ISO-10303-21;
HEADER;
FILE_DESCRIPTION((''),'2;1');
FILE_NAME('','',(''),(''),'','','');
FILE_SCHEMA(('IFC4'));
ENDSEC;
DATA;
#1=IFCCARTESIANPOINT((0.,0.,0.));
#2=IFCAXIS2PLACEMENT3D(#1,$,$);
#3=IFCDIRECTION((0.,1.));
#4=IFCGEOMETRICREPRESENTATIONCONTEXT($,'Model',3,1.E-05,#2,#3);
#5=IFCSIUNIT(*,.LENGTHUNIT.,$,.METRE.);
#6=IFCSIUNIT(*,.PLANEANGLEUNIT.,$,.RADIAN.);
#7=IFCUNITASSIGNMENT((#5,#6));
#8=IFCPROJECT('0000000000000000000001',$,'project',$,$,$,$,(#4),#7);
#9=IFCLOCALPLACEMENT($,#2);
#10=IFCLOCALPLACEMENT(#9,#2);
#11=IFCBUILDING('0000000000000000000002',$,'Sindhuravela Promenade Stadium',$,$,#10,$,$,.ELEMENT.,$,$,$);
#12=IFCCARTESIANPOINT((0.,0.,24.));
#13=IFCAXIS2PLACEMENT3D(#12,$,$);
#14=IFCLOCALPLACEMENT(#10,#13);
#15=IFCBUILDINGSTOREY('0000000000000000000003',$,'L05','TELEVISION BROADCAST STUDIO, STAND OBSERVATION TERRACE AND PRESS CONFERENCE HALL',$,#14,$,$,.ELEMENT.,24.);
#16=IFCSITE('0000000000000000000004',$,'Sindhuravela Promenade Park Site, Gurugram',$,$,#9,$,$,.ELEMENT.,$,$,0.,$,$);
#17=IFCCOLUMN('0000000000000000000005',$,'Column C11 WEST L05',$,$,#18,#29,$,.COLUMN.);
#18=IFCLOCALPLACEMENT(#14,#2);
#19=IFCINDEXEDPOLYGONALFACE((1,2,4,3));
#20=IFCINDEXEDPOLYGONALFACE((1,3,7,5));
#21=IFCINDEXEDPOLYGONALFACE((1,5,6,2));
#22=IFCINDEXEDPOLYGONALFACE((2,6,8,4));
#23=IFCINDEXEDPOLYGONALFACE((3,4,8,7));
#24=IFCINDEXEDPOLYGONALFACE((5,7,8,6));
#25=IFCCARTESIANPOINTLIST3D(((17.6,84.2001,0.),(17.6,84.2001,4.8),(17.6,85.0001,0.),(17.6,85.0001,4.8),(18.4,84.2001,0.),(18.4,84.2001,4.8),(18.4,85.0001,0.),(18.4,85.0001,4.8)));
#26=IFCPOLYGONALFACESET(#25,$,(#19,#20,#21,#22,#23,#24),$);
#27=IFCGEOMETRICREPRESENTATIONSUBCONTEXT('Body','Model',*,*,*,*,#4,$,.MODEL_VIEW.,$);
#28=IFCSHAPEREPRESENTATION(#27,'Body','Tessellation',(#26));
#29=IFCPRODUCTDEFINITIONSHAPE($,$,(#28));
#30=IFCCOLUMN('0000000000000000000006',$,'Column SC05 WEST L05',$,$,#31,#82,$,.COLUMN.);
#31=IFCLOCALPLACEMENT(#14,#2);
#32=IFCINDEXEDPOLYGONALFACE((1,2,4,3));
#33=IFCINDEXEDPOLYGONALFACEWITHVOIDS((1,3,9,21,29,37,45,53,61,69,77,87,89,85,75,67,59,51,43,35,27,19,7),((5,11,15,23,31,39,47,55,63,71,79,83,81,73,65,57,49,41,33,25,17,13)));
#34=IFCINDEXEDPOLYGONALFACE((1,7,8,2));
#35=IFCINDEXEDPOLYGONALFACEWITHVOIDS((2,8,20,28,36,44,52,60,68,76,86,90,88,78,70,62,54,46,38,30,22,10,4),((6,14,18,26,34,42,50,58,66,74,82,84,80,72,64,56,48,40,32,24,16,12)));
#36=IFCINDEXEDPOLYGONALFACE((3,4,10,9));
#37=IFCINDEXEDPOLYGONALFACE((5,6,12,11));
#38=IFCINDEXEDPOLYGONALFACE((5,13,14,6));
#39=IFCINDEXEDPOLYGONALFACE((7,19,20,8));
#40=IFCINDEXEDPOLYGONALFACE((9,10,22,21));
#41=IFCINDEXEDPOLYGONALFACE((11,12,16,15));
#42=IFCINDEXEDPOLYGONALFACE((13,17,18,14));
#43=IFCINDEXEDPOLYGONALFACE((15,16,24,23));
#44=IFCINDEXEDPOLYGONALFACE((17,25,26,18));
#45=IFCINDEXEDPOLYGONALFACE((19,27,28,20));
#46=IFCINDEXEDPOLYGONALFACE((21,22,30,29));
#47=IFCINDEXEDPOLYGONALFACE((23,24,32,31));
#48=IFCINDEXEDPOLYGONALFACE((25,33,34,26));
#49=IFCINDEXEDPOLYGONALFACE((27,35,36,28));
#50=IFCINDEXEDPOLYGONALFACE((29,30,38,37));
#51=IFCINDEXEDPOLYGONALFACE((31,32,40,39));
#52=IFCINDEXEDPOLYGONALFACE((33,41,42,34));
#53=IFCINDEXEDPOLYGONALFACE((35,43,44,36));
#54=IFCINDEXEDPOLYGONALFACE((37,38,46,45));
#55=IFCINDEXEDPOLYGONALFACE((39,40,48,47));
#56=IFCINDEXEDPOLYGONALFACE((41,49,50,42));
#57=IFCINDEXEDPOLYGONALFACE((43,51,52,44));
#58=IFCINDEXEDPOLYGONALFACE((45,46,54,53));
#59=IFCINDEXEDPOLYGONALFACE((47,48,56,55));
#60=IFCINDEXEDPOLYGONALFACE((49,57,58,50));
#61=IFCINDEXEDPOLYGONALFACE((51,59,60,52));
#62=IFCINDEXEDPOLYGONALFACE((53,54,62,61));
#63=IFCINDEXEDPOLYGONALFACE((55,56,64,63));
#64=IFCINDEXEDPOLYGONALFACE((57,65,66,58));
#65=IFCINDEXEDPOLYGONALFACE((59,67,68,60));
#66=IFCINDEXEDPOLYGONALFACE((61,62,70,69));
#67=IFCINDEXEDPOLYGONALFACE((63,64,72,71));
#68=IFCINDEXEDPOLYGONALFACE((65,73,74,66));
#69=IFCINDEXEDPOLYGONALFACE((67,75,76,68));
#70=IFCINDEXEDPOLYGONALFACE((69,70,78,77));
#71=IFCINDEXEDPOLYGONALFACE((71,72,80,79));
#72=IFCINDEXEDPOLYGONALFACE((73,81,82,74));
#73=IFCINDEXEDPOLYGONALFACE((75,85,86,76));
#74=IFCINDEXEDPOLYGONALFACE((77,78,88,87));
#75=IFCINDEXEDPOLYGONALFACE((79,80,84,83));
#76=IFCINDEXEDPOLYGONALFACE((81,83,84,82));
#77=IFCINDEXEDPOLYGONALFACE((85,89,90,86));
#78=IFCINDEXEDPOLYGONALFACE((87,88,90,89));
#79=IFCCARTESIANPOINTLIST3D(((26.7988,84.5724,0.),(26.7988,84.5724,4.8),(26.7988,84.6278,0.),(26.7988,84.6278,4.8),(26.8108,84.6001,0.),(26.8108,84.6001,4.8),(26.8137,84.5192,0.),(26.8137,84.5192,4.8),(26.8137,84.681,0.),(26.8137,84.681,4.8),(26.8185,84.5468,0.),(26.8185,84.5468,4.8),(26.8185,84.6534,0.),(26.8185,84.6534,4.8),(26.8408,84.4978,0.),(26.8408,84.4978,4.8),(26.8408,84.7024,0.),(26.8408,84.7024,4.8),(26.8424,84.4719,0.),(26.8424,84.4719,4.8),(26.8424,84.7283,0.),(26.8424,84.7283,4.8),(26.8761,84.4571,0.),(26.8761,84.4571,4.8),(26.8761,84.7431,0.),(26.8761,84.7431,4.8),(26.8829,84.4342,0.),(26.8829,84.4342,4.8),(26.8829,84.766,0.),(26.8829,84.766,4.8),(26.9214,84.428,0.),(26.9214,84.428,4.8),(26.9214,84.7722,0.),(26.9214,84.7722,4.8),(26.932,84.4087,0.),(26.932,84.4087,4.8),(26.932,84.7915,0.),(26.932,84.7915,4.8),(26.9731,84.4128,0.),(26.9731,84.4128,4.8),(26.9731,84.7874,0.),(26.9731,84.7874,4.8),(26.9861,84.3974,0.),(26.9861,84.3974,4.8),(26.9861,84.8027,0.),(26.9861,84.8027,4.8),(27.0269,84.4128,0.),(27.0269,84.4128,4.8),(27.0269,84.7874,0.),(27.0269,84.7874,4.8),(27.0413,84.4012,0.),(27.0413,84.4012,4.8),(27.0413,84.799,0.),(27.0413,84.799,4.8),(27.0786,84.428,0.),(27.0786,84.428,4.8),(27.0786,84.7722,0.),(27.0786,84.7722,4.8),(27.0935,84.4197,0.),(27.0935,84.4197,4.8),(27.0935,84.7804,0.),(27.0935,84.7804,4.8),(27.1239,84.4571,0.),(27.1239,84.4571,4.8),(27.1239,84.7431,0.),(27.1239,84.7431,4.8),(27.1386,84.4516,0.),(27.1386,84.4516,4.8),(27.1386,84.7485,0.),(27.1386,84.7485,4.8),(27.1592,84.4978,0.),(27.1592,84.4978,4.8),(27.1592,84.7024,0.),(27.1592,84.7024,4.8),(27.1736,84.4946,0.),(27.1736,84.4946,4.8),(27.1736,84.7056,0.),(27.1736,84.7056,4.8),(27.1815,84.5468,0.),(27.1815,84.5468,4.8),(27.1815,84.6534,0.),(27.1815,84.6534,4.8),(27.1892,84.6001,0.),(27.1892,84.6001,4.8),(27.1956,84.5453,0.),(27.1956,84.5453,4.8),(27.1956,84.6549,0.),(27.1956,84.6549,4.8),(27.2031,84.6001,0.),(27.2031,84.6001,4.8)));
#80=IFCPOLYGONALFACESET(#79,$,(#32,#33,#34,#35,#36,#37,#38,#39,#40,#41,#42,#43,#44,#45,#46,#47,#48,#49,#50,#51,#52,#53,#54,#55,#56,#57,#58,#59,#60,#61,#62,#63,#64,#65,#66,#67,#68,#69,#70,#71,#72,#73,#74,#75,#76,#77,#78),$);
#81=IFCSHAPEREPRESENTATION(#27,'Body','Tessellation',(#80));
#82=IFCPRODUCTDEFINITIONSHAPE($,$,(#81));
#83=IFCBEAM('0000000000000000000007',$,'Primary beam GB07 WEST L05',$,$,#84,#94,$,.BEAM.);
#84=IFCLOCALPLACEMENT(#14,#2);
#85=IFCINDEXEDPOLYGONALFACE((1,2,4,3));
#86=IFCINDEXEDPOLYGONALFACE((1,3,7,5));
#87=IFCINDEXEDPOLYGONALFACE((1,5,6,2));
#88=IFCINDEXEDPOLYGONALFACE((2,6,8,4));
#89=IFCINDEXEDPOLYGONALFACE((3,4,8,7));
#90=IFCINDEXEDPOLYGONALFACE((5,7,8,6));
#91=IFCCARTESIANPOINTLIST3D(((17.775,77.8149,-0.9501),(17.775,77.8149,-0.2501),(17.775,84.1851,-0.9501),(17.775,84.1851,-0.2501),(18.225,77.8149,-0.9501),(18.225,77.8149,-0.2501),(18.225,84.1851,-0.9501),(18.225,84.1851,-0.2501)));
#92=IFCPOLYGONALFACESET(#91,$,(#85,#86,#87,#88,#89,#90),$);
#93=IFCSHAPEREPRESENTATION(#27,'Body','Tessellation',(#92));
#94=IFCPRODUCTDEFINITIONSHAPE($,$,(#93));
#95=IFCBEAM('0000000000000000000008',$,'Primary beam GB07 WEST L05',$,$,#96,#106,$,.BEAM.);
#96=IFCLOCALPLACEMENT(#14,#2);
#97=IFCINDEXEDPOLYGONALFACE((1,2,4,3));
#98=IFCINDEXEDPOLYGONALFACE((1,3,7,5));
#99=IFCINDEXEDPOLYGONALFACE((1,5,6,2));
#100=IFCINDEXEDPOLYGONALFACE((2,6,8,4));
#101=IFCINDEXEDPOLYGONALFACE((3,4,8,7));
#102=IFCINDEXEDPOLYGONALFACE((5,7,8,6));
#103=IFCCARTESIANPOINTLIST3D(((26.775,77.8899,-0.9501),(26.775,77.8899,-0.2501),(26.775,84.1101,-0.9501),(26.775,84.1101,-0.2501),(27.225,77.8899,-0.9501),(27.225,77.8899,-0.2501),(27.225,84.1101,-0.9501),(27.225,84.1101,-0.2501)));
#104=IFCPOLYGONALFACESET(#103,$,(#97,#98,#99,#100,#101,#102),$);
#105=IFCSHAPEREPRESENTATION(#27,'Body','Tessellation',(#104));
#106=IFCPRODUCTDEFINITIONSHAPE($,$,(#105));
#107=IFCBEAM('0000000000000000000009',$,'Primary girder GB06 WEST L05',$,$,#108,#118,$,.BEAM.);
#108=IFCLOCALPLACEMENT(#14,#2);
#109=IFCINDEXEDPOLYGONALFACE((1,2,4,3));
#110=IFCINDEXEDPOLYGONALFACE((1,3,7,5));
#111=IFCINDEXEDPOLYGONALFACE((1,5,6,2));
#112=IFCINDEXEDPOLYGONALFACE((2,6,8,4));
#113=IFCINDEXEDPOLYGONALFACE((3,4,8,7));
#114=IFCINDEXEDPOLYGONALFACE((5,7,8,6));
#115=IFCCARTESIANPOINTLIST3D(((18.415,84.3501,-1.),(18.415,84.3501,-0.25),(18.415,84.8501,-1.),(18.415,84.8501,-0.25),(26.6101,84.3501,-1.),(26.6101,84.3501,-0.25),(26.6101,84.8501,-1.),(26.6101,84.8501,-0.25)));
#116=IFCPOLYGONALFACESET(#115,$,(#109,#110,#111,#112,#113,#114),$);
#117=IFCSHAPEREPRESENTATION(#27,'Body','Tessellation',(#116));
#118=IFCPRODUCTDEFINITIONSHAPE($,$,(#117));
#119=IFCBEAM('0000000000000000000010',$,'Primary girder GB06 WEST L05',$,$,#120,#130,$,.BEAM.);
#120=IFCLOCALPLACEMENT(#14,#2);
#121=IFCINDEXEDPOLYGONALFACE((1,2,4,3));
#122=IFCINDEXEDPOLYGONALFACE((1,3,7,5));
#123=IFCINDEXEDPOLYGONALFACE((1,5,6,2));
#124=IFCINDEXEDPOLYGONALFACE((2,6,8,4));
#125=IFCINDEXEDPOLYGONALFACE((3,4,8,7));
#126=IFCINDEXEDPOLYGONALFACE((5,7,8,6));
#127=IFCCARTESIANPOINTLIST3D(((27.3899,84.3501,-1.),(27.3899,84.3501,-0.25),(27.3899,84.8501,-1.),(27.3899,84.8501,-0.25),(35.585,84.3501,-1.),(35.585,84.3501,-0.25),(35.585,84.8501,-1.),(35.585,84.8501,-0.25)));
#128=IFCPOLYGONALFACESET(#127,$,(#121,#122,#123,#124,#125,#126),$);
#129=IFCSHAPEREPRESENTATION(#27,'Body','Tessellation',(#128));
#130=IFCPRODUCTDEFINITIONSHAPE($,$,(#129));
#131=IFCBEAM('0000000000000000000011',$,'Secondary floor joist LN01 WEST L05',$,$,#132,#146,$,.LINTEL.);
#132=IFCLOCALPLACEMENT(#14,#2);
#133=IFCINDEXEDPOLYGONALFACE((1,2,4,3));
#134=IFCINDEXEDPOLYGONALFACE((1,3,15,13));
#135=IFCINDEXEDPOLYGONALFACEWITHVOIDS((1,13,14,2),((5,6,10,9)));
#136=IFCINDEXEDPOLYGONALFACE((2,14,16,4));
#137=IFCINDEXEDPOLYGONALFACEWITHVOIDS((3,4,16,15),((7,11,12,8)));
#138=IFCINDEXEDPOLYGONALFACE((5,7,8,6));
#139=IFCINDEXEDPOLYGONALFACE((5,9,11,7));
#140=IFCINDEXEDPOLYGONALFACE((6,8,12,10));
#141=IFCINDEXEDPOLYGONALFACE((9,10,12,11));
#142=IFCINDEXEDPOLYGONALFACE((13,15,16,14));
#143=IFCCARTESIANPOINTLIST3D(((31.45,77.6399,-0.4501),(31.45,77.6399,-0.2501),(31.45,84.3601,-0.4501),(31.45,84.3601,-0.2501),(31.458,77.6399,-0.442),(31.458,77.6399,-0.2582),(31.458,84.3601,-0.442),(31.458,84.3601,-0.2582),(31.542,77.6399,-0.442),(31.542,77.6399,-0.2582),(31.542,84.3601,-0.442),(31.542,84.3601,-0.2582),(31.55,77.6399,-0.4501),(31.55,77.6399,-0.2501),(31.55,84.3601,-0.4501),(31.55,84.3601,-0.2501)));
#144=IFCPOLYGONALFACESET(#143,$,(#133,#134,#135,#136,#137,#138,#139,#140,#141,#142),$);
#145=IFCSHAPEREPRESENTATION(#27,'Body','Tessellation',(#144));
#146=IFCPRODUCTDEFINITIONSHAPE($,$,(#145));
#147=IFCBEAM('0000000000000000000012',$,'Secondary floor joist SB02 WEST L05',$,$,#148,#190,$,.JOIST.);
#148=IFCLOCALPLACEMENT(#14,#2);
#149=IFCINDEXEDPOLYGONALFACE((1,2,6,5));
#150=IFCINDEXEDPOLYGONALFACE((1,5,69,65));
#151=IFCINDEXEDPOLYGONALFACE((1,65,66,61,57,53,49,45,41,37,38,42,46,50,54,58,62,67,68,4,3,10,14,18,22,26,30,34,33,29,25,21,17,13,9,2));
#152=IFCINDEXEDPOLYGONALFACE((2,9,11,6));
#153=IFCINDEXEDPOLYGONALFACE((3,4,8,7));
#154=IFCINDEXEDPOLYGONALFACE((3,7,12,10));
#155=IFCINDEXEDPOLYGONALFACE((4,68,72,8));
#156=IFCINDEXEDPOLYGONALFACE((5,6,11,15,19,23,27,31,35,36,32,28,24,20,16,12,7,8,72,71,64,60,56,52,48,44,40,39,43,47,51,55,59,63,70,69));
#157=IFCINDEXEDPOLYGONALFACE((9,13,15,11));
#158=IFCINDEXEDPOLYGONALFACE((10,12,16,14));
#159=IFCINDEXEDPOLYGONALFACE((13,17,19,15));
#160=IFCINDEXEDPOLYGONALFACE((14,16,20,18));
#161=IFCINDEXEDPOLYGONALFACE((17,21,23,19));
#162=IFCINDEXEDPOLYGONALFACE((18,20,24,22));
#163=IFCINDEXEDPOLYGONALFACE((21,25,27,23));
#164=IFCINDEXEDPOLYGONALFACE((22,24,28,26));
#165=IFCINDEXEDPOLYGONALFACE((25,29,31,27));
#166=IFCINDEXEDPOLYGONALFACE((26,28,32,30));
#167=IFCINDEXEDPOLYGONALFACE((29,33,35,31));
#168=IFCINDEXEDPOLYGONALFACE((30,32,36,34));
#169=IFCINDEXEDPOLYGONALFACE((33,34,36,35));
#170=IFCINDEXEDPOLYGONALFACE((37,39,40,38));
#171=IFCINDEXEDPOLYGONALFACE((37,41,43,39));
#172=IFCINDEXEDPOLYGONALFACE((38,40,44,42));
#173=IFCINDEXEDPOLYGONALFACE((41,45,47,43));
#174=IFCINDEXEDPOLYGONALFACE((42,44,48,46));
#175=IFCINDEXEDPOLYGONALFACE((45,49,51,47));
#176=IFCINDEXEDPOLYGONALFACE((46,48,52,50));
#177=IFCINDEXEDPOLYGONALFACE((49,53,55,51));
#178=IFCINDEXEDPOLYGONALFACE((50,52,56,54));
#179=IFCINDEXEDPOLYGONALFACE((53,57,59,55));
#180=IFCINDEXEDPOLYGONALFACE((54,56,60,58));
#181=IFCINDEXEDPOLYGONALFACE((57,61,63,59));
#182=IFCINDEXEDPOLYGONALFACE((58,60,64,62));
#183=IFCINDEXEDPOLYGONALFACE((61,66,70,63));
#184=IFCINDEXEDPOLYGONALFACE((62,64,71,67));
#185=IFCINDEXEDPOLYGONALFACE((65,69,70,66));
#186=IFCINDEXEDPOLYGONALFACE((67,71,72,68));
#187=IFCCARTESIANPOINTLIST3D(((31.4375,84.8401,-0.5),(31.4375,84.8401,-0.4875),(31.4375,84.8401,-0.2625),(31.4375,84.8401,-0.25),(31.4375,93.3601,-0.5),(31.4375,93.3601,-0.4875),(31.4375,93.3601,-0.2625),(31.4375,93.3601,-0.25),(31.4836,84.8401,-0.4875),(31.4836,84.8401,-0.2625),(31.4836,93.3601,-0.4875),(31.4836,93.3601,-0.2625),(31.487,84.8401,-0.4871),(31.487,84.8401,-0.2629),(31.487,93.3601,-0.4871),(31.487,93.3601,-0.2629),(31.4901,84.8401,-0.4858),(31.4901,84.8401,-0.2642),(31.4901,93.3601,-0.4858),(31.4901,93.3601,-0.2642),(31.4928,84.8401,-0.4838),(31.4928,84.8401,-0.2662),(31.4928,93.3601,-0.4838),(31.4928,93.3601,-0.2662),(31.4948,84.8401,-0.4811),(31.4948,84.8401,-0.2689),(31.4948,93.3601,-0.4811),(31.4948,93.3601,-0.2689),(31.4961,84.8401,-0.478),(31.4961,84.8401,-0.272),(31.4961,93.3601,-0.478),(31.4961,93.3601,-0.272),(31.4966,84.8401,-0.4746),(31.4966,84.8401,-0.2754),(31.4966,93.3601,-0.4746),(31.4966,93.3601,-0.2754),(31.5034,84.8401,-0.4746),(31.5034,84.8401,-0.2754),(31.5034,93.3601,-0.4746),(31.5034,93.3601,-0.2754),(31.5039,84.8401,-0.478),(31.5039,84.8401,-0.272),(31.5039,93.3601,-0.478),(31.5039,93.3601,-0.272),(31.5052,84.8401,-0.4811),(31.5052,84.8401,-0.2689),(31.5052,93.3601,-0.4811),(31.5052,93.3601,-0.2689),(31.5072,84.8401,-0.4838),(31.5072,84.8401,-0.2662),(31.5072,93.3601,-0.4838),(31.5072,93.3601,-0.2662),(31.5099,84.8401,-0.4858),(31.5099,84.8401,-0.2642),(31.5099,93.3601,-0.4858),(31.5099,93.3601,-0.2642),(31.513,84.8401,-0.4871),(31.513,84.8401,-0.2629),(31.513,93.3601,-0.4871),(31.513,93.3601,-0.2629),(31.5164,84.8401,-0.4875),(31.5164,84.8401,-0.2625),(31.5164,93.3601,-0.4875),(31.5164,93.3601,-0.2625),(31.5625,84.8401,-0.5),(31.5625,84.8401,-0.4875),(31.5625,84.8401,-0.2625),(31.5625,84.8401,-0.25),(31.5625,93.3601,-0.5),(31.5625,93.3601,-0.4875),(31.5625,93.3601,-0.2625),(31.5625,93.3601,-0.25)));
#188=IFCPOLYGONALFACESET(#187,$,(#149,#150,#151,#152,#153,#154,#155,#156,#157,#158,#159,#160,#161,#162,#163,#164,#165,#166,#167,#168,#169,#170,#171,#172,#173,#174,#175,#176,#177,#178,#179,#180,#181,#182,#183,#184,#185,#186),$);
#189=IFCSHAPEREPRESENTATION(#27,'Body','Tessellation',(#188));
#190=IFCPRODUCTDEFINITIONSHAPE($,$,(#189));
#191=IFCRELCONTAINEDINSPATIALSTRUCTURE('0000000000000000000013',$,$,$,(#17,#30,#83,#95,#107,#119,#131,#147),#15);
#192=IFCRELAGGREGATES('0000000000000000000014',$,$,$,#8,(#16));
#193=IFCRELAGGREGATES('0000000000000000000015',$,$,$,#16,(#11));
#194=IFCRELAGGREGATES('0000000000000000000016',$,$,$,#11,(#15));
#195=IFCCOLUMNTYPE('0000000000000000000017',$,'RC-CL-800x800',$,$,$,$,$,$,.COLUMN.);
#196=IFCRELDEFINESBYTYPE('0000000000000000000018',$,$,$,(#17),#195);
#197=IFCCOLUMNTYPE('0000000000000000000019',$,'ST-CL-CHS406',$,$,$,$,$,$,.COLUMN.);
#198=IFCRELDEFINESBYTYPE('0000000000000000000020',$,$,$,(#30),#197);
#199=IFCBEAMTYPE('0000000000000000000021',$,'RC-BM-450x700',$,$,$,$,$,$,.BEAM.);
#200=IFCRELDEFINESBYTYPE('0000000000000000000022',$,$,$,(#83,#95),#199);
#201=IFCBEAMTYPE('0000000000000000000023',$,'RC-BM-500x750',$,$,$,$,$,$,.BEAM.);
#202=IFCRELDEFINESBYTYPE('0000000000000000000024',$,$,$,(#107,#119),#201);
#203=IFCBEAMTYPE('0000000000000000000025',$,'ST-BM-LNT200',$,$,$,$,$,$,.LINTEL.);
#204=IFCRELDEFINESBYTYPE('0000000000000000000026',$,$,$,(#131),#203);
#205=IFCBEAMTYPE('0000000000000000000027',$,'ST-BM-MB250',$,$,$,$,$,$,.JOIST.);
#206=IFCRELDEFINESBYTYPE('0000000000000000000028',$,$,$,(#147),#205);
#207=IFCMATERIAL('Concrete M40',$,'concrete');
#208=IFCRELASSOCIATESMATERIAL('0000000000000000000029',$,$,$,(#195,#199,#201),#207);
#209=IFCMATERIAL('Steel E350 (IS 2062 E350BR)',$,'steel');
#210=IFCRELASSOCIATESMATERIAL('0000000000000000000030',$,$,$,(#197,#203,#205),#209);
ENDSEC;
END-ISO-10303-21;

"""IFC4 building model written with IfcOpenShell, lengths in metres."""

from ifc_helpers import new_model, si_unit, direction, frame, origin, origin_2d, place, context, subcontext, project, spatial, rectangle, hollow_rectangle, hollow_circle, i_section, extrude, material, material_profile, profile_set, type_object, element, save


model = new_model("IFC4")

# Units and contexts
model_context = context("Model", 3, precision=1e-05, world=origin(), true_north=direction((0.0, 1.0)))
body_context = subcontext(model_context, "Body", "Model", "MODEL_VIEW")
ifc_project = project(units=[si_unit("LENGTHUNIT", "METRE"), si_unit("PLANEANGLEUNIT", "RADIAN")], contexts=[model_context])

# Site, building, storey
site_placement = place(None, origin())
site = spatial("IfcSite", under=ifc_project, at=site_placement, Name="Sindhuravela Promenade Park Site, Gurugram", CompositionType="ELEMENT", RefElevation=0.0)
building_placement = place(site_placement, origin())
building = spatial("IfcBuilding", under=site, at=building_placement, Name="Sindhuravela Promenade Stadium", CompositionType="ELEMENT")
storey_placement = place(building_placement, frame((0.0, 0.0, 24.0)))
storey = spatial("IfcBuildingStorey", under=building, at=storey_placement, Name="L05", Description="TELEVISION BROADCAST STUDIO, STAND OBSERVATION TERRACE AND PRESS CONFERENCE HALL", CompositionType="ELEMENT", Elevation=24.0)

# Columns
ifc_material_1 = material(Name="Concrete M40", Category="concrete")
ifc_material_profile_1 = material_profile(ifc_material_1, rectangle(XDim=0.8, YDim=0.8, at=origin_2d()), Name="RC 800x800")
ifc_profile_set_1 = profile_set([ifc_material_profile_1], Name="Concrete M40")
column_type_1 = type_object("IfcColumnType", Name="RC-CL-800x800", PredefinedType="COLUMN", material=ifc_profile_set_1)
column_1_placement = place(storey_placement, frame((18.0, 84.6001, 0.0), z_axis=(0.0, 0.0, 1.0), x_axis=(1.0, 0.0, 0.0)))
element("IfcColumn", 1, at=column_1_placement, inside=storey, type_object=column_type_1, Name="Column C11 WEST L05", PredefinedType="COLUMN", context=body_context, shape_type="SweptSolid", body=[
    extrude(rectangle(XDim=0.8, YDim=0.8, at=origin_2d()), origin(), (0.0, 0.0, 1.0), 4.8),
])
ifc_material_2 = material(Name="Steel E350 (IS 2062 E350BR)", Category="steel")
ifc_material_profile_2 = material_profile(ifc_material_2, hollow_circle(Radius=0.2031, WallThickness=0.0139, at=origin_2d()), Name="CHS 406.4x14")
ifc_profile_set_2 = profile_set([ifc_material_profile_2], Name="Steel E350 (IS 2062 E350BR)")
column_type_2 = type_object("IfcColumnType", Name="ST-CL-CHS406", PredefinedType="COLUMN", material=ifc_profile_set_2)
column_2_placement = place(storey_placement, frame((27.0, 84.6001, 0.0), z_axis=(0.0, 0.0, 1.0), x_axis=(1.0, 0.0, 0.0)))
element("IfcColumn", 2, at=column_2_placement, inside=storey, type_object=column_type_2, Name="Column SC05 WEST L05", PredefinedType="COLUMN", context=body_context, shape_type="SweptSolid", body=[
    extrude(hollow_circle(Radius=0.2031, WallThickness=0.0139, at=origin_2d()), origin(), (0.0, 0.0, 1.0), 4.8),
])

# Beams
ifc_material_profile_3 = material_profile(ifc_material_1, rectangle(XDim=0.45, YDim=0.7, at=origin_2d()), Name="RC 450x700")
ifc_profile_set_3 = profile_set([ifc_material_profile_3], Name="Concrete M40")
beam_type_1 = type_object("IfcBeamType", Name="RC-BM-450x700", PredefinedType="BEAM", material=ifc_profile_set_3)
beam_1_placement = place(storey_placement, frame((18.0, 77.8149, -0.6001), z_axis=(0.0, 1.0, 0.0), x_axis=(-1.0, 0.0, 0.0)))
element("IfcBeam", 3, at=beam_1_placement, inside=storey, type_object=beam_type_1, Name="Primary beam GB07 WEST L05", PredefinedType="BEAM", context=body_context, shape_type="SweptSolid", body=[
    extrude(rectangle(XDim=0.45, YDim=0.7, at=origin_2d()), origin(), (0.0, 0.0, 1.0), 6.3701),
])
beam_2_placement = place(storey_placement, frame((27.0, 77.8899, -0.6001), z_axis=(0.0, 1.0, 0.0), x_axis=(-1.0, 0.0, 0.0)))
element("IfcBeam", 4, at=beam_2_placement, inside=storey, type_object=beam_type_1, Name="Primary beam GB07 WEST L05", PredefinedType="BEAM", context=body_context, shape_type="SweptSolid", body=[
    extrude(rectangle(XDim=0.45, YDim=0.7, at=origin_2d()), origin(), (0.0, 0.0, 1.0), 6.2202),
])
ifc_material_profile_4 = material_profile(ifc_material_1, rectangle(XDim=0.5, YDim=0.75, at=origin_2d()), Name="RC 500x750")
ifc_profile_set_4 = profile_set([ifc_material_profile_4], Name="Concrete M40")
beam_type_2 = type_object("IfcBeamType", Name="RC-BM-500x750", PredefinedType="BEAM", material=ifc_profile_set_4)
for number, where, z_axis, x_axis, name in (
    (5, (18.415, 84.6001, -0.625), (1.0, 0.0, 0.0), (0.0, 1.0, 0.0), "Primary girder GB06 WEST L05"),
    (6, (27.3899, 84.6001, -0.625), (1.0, 0.0, 0.0), (0.0, 1.0, 0.0), "Primary girder GB06 WEST L05"),
):
    element("IfcBeam", number, at=place(storey_placement, frame(where, z_axis=z_axis, x_axis=x_axis)), inside=storey, type_object=beam_type_2, Name=name, PredefinedType="BEAM", context=body_context, shape_type="SweptSolid", body=[
        extrude(rectangle(XDim=0.5, YDim=0.75, at=origin_2d()), origin(), (0.0, 0.0, 1.0), 8.1951),
    ])
ifc_material_profile_5 = material_profile(ifc_material_2, hollow_rectangle(XDim=0.1001, YDim=0.2, WallThickness=0.0081, at=origin_2d()), Name="RHS 200x100x8")
ifc_profile_set_5 = profile_set([ifc_material_profile_5], Name="Steel E350 (IS 2062 E350BR)")
beam_type_3 = type_object("IfcBeamType", Name="ST-BM-LNT200", PredefinedType="LINTEL", material=ifc_profile_set_5)
beam_3_placement = place(storey_placement, frame((31.5, 77.6399, -0.3501), z_axis=(0.0, 1.0, 0.0), x_axis=(-1.0, 0.0, 0.0)))
element("IfcBeam", 7, at=beam_3_placement, inside=storey, type_object=beam_type_3, Name="Secondary floor joist LN01 WEST L05", PredefinedType="LINTEL", context=body_context, shape_type="SweptSolid", body=[
    extrude(hollow_rectangle(XDim=0.1001, YDim=0.2, WallThickness=0.0081, at=origin_2d()), origin(), (0.0, 0.0, 1.0), 6.7202),
])
ifc_material_profile_6 = material_profile(ifc_material_2, i_section(OverallWidth=0.125, OverallDepth=0.25, WebThickness=0.0068, FlangeThickness=0.0125, FilletRadius=0.0129, at=origin_2d()), Name="ISMB 250")
ifc_profile_set_6 = profile_set([ifc_material_profile_6], Name="Steel E350 (IS 2062 E350BR)")
beam_type_4 = type_object("IfcBeamType", Name="ST-BM-MB250", PredefinedType="JOIST", material=ifc_profile_set_6)
beam_4_placement = place(storey_placement, frame((31.5, 84.8401, -0.375), z_axis=(0.0, 1.0, 0.0), x_axis=(-1.0, 0.0, 0.0)))
element("IfcBeam", 8, at=beam_4_placement, inside=storey, type_object=beam_type_4, Name="Secondary floor joist SB02 WEST L05", PredefinedType="JOIST", context=body_context, shape_type="SweptSolid", body=[
    extrude(i_section(OverallWidth=0.125, OverallDepth=0.25, WebThickness=0.0068, FlangeThickness=0.0125, FilletRadius=0.0129, at=origin_2d()), origin(), (0.0, 0.0, 1.0), 8.52),
])

save(model, "model.ifc")
